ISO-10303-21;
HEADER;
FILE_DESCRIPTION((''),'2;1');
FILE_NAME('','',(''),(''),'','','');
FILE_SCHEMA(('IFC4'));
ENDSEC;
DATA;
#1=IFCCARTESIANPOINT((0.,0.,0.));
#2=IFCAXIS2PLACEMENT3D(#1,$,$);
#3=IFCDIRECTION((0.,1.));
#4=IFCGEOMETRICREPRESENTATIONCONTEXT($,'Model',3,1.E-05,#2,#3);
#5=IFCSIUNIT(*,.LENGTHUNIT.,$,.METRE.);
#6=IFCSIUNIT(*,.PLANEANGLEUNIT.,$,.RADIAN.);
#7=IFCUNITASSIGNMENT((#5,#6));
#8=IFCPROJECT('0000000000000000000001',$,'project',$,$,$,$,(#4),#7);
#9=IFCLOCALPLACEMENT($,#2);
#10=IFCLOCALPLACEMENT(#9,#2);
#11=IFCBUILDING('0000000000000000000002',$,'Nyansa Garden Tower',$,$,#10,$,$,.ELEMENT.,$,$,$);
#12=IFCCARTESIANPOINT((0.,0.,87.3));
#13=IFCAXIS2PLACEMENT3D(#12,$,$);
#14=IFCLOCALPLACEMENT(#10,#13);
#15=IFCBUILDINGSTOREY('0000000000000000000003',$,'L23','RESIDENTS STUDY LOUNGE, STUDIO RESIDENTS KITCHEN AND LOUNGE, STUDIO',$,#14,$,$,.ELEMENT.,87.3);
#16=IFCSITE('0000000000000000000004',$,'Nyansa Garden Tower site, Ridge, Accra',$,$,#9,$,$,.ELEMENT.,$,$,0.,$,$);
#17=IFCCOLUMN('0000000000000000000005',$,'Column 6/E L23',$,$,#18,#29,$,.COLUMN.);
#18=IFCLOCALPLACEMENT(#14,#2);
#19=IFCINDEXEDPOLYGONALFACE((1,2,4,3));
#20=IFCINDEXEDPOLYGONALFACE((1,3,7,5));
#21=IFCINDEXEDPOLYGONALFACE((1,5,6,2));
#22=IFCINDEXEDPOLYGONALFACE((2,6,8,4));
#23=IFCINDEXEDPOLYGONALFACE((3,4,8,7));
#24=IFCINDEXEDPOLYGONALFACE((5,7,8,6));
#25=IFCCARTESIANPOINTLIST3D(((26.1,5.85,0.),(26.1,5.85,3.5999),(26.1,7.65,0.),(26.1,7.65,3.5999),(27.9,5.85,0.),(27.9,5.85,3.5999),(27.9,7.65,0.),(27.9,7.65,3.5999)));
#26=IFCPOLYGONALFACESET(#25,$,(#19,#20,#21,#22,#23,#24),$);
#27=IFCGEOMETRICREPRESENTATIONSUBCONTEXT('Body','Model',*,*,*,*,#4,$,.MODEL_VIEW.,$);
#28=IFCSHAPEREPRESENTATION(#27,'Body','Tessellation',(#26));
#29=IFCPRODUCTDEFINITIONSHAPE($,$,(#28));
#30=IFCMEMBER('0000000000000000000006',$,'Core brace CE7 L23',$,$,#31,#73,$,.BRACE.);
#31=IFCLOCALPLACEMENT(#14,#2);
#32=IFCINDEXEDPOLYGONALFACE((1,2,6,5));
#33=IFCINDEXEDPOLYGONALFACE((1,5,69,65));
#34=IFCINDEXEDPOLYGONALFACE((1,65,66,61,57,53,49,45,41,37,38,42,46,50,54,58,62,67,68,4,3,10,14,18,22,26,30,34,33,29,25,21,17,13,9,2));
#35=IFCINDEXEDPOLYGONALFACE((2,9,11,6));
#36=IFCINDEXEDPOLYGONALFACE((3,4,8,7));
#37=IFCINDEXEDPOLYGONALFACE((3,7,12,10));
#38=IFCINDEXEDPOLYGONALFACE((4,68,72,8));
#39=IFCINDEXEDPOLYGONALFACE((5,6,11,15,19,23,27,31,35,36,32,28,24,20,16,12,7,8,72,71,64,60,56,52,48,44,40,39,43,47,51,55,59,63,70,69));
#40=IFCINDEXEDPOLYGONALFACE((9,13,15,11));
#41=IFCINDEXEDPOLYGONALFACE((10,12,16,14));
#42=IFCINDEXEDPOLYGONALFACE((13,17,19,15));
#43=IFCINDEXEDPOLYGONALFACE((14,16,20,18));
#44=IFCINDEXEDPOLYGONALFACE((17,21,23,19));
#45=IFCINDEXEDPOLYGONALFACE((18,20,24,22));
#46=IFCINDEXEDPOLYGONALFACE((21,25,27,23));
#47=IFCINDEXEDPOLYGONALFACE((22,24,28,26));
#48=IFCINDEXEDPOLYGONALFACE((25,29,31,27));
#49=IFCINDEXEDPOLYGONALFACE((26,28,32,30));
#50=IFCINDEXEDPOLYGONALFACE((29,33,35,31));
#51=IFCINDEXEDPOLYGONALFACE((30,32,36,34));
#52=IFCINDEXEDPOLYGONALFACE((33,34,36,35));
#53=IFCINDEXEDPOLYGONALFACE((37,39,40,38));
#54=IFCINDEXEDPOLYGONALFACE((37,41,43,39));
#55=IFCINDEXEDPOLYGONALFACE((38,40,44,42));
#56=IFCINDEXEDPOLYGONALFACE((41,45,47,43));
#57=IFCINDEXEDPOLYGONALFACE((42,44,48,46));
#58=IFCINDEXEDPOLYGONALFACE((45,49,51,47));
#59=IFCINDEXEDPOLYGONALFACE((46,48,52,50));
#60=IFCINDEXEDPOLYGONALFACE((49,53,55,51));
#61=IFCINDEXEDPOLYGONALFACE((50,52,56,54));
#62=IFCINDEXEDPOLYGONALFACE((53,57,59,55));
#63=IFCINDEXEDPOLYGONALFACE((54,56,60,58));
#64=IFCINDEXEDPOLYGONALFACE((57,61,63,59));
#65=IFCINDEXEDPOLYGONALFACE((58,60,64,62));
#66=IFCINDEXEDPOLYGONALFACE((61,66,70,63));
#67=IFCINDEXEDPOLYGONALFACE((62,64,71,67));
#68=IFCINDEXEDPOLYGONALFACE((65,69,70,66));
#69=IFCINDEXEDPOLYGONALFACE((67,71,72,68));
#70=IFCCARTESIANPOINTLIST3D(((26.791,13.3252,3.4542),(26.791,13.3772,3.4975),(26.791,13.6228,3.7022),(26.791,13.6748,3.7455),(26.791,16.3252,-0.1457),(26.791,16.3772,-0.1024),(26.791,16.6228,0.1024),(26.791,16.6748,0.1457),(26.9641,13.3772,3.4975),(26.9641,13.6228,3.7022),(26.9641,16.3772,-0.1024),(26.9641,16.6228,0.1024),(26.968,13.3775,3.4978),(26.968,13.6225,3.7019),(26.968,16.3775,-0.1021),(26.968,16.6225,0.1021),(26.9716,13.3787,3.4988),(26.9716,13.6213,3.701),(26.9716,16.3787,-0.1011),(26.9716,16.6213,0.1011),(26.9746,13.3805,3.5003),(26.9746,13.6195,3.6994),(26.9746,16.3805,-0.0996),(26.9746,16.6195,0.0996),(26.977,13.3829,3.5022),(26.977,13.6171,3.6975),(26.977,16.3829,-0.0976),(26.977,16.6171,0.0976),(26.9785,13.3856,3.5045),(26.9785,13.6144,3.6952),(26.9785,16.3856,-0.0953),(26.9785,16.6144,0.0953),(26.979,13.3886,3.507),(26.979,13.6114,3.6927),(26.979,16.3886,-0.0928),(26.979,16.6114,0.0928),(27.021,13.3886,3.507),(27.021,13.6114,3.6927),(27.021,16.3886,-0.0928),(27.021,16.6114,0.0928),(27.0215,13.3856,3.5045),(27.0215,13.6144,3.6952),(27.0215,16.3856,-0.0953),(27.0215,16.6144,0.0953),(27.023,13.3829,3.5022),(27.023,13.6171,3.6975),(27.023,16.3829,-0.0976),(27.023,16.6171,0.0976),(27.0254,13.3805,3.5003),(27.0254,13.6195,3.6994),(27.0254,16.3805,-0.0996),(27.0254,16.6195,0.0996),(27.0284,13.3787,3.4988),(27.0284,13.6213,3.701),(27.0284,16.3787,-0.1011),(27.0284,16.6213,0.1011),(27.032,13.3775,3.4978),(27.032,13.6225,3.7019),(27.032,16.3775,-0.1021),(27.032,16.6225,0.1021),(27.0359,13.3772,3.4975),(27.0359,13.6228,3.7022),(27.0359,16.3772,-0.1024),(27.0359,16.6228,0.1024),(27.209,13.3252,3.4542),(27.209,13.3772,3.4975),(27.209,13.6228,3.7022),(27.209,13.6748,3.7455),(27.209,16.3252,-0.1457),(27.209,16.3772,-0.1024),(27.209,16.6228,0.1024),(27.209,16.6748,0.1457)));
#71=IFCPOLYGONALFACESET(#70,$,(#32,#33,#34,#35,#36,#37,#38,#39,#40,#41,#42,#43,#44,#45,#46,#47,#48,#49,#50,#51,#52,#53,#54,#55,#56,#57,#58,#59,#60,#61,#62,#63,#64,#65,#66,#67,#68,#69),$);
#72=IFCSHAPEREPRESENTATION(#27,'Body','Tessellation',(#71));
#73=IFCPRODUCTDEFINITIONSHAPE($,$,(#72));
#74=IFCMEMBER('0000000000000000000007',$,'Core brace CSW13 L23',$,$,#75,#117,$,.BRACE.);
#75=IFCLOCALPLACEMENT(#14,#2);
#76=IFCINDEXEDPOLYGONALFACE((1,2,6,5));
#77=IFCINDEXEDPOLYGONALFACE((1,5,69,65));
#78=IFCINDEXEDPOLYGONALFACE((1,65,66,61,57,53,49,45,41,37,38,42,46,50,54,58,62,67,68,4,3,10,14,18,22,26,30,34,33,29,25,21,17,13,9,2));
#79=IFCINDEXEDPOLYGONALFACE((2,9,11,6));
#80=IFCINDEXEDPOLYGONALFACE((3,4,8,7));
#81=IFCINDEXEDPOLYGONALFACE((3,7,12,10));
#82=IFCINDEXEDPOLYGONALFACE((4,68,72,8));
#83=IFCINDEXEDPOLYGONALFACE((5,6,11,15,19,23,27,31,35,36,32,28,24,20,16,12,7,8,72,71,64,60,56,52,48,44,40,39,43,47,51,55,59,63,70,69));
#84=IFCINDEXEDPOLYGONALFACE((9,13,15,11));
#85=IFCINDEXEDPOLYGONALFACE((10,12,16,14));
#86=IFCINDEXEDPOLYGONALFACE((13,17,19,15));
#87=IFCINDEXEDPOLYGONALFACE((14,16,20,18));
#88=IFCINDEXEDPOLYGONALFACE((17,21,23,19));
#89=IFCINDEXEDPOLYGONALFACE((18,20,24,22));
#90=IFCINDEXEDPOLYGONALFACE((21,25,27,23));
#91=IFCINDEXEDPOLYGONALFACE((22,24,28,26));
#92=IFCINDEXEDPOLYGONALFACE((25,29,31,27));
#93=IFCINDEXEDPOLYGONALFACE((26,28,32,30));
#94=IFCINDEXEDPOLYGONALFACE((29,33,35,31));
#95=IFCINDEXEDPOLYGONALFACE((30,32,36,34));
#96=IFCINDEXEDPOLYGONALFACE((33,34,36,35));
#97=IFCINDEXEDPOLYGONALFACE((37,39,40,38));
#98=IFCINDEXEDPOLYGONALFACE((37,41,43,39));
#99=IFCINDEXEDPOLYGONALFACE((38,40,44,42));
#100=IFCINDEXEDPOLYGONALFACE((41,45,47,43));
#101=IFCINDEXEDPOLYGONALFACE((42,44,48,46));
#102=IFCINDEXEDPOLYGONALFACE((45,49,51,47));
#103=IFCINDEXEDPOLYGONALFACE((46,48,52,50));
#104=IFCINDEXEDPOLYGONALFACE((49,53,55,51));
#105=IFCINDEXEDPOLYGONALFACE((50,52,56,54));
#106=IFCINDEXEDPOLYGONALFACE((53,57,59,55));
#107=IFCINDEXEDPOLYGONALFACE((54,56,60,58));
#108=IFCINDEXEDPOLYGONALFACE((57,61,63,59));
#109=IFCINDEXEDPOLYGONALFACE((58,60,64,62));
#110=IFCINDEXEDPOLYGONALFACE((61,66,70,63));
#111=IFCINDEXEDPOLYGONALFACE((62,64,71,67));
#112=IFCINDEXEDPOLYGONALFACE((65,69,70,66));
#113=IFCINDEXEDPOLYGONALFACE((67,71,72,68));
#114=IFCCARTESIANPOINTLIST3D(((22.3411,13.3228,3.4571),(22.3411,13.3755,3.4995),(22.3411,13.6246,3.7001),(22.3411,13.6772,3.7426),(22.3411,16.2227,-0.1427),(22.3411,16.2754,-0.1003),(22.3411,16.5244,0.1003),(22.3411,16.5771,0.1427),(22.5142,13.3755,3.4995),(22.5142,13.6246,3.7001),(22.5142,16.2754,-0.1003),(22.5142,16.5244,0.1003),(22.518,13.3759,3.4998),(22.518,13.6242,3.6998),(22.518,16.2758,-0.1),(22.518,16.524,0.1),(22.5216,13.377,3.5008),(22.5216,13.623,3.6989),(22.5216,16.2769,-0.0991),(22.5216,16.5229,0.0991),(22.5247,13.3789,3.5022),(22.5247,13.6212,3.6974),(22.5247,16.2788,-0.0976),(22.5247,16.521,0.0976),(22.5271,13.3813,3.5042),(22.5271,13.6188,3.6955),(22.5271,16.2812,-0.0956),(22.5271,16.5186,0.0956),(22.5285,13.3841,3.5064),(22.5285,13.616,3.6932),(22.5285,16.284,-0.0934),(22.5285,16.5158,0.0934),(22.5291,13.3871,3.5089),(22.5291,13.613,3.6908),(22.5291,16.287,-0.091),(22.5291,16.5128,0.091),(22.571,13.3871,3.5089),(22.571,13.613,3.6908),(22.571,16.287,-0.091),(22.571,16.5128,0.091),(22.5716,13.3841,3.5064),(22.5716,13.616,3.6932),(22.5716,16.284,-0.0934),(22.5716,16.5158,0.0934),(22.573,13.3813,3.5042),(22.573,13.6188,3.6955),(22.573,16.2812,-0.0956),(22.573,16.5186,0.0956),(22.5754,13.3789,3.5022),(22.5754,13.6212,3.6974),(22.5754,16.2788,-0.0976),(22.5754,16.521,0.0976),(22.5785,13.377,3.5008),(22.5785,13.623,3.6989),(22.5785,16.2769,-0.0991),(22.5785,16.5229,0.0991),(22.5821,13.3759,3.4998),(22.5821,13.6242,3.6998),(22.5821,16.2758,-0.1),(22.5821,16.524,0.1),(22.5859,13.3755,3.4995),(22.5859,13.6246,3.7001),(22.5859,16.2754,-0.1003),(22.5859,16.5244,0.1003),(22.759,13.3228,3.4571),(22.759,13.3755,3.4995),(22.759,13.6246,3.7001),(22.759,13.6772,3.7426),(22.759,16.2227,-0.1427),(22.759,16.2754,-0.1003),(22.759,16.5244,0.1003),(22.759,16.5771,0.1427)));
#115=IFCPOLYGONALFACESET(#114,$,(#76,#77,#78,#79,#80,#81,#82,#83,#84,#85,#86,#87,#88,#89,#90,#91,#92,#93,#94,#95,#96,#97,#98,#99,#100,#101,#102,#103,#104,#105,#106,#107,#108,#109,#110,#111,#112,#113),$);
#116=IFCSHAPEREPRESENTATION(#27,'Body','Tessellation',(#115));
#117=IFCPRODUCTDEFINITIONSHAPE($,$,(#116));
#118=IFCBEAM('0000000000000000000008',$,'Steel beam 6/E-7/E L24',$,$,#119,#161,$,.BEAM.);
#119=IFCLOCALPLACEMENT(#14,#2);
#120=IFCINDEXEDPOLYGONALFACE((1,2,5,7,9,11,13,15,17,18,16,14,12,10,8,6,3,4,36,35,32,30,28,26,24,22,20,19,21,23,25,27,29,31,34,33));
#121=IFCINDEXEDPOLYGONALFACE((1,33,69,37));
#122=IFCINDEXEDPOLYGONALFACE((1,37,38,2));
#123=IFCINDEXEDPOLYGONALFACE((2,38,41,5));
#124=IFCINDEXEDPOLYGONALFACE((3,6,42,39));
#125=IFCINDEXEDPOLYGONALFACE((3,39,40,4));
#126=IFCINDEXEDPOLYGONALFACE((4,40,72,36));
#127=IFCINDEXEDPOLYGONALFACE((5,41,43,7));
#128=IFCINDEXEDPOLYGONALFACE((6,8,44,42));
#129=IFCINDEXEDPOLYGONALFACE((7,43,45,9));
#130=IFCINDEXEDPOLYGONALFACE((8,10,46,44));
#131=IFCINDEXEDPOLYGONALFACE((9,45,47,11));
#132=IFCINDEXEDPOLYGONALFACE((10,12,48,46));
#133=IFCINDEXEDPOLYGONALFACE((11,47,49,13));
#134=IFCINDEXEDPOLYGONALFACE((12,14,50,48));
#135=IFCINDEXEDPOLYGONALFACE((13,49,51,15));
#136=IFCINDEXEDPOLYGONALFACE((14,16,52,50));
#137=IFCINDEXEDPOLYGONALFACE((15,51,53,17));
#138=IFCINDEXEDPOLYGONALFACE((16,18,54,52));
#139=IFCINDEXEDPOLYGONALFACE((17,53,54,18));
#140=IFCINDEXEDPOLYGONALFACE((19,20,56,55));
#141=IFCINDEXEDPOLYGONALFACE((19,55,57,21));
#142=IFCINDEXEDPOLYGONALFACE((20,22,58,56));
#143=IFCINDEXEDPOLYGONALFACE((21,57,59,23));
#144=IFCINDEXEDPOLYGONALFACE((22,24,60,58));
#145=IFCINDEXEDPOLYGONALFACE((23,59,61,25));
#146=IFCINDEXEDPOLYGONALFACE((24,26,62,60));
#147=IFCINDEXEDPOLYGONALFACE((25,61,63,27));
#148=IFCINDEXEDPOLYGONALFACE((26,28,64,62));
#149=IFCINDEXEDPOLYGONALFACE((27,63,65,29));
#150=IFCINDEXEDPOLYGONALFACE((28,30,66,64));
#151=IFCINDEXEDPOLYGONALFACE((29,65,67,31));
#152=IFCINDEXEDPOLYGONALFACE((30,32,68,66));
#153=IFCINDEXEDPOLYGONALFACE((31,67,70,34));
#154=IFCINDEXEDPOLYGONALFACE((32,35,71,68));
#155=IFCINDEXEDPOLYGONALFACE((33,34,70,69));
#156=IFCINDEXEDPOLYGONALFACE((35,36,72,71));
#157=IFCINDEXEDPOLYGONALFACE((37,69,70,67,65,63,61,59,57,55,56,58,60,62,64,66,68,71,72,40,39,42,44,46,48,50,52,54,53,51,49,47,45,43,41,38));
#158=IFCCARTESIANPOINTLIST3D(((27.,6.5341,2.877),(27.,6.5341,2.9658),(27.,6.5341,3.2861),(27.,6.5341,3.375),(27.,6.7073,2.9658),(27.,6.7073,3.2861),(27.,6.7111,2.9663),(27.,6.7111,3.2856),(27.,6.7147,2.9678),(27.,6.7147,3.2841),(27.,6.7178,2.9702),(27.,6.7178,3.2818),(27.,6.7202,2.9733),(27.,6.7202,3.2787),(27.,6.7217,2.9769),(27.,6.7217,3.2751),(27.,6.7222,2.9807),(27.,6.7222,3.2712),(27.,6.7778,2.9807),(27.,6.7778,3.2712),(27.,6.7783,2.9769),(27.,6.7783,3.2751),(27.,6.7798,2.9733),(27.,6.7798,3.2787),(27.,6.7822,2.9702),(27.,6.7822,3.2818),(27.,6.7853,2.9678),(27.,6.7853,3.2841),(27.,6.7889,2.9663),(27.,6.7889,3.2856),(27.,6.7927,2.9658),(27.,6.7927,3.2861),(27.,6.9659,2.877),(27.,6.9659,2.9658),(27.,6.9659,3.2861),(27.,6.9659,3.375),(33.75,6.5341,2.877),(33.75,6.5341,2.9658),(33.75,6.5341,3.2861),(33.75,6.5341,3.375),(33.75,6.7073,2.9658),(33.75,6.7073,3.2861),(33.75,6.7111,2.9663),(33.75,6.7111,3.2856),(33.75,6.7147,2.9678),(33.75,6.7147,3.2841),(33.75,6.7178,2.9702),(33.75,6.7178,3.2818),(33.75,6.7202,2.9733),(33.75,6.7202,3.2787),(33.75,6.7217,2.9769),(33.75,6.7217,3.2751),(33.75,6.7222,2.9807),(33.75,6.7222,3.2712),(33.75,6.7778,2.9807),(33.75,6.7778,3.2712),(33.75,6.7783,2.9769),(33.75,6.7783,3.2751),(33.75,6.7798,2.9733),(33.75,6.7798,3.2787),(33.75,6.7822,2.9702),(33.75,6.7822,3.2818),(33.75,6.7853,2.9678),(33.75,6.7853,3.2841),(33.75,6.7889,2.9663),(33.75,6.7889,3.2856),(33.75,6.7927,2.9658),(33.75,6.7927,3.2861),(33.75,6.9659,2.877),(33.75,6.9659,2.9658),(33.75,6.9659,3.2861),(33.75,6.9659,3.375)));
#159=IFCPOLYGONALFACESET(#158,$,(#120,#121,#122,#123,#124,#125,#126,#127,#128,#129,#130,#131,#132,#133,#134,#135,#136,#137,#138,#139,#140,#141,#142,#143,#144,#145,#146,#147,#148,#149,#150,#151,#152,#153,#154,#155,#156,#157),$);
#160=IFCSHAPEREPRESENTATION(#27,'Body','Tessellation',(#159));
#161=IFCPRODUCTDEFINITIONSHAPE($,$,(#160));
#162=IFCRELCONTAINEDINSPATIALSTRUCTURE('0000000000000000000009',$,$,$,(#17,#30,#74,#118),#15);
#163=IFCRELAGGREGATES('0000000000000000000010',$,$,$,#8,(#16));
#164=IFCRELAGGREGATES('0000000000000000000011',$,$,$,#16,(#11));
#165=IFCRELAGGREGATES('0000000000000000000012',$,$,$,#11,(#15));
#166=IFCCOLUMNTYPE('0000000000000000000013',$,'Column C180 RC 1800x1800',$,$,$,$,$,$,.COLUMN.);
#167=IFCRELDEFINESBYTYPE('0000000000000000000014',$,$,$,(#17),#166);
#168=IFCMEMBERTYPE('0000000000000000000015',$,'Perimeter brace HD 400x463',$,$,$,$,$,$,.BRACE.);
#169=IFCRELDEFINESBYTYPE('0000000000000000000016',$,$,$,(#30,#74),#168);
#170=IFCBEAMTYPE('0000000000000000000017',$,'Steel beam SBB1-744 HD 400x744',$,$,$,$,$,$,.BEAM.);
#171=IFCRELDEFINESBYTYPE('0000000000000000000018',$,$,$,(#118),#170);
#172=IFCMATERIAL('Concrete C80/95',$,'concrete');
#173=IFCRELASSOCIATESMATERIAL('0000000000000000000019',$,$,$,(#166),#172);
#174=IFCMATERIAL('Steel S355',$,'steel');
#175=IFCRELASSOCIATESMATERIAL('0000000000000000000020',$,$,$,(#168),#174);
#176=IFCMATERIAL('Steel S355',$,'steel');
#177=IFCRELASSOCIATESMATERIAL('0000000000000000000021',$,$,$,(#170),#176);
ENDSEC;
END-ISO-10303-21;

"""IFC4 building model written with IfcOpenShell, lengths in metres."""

from ifc_helpers import new_model, si_unit, direction, frame, origin, origin_2d, place, context, subcontext, project, spatial, rectangle, i_section, extrude, material, material_profile, profile_set, type_object, element, save


model = new_model("IFC4")

# Units and contexts
model_context = context("Model", 3, precision=1e-05, world=origin(), true_north=direction((0.0, 1.0)))
body_context = subcontext(model_context, "Body", "Model", "MODEL_VIEW")
ifc_project = project(units=[si_unit("LENGTHUNIT", "METRE"), si_unit("PLANEANGLEUNIT", "RADIAN")], contexts=[model_context])

# Site, building, storey
site_placement = place(None, origin())
site = spatial("IfcSite", under=ifc_project, at=site_placement, Name="Nyansa Garden Tower site, Ridge, Accra", CompositionType="ELEMENT", RefElevation=0.0)
building_placement = place(site_placement, origin())
building = spatial("IfcBuilding", under=site, at=building_placement, Name="Nyansa Garden Tower", CompositionType="ELEMENT")
storey_placement = place(building_placement, frame((0.0, 0.0, 87.3)))
storey = spatial("IfcBuildingStorey", under=building, at=storey_placement, Name="L23", Description="RESIDENTS STUDY LOUNGE, STUDIO RESIDENTS KITCHEN AND LOUNGE, STUDIO", CompositionType="ELEMENT", Elevation=87.3)

# Column
ifc_material_1 = material(Name="Concrete C80/95", Category="concrete")
ifc_material_profile_1 = material_profile(ifc_material_1, rectangle(XDim=1.8, YDim=1.8, at=origin_2d()), Name="RC 1800x1800")
ifc_profile_set_1 = profile_set([ifc_material_profile_1], Name="Concrete C80/95")
column_type = type_object("IfcColumnType", Name="Column C180 RC 1800x1800", PredefinedType="COLUMN", material=ifc_profile_set_1)
column_placement = place(storey_placement, frame((27.0, 6.75, 0.0), z_axis=(0.0, 0.0, 1.0), x_axis=(1.0, 0.0, 0.0)))
element("IfcColumn", 1, at=column_placement, inside=storey, type_object=column_type, Name="Column 6/E L23", PredefinedType="COLUMN", context=body_context, shape_type="SweptSolid", body=[
    extrude(rectangle(XDim=1.8, YDim=1.8, at=origin_2d()), origin(), (0.0, 0.0, 1.0), 3.5999),
])

# Members
ifc_material_2 = material(Name="Steel S355", Category="steel")
ifc_material_profile_2 = material_profile(ifc_material_2, i_section(OverallWidth=0.418, OverallDepth=0.4551, WebThickness=0.042, FlangeThickness=0.0676, FilletRadius=0.0149, at=origin_2d()), Name="HD 400x463")
ifc_profile_set_2 = profile_set([ifc_material_profile_2], Name="Steel S355")
member_type = type_object("IfcMemberType", Name="Perimeter brace HD 400x463", PredefinedType="BRACE", material=ifc_profile_set_2)
member_1_placement = place(storey_placement, frame((27.0, 16.5, 0.0), z_axis=(0.0, -0.6402, 0.768208), x_axis=(1.0, 0.0, 0.0)))
element("IfcMember", 2, at=member_1_placement, inside=storey, type_object=member_type, Name="Core brace CE7 L23", PredefinedType="BRACE", context=body_context, shape_type="SweptSolid", body=[
    extrude(i_section(OverallWidth=0.418, OverallDepth=0.4551, WebThickness=0.042, FlangeThickness=0.0676, FilletRadius=0.0149, at=origin_2d()), origin(), (0.0, 0.0, 1.0), 4.686),
])
member_2_placement = place(storey_placement, frame((22.55, 16.3999, 0.0), z_axis=(0.0, -0.627332, 0.778752), x_axis=(1.0, 0.0, 0.0)))
element("IfcMember", 3, at=member_2_placement, inside=storey, type_object=member_type, Name="Core brace CSW13 L23", PredefinedType="BRACE", context=body_context, shape_type="SweptSolid", body=[
    extrude(i_section(OverallWidth=0.418, OverallDepth=0.4551, WebThickness=0.042, FlangeThickness=0.0676, FilletRadius=0.0149, at=origin_2d()), origin(), (0.0, 0.0, 1.0), 4.6226),
])

# Beam
ifc_material_3 = material(Name="Steel S355", Category="steel")
ifc_material_profile_3 = material_profile(ifc_material_3, i_section(OverallWidth=0.4319, OverallDepth=0.498, WebThickness=0.0557, FlangeThickness=0.0889, FilletRadius=0.0149, at=origin_2d()), Name="HD 400x744")
ifc_profile_set_3 = profile_set([ifc_material_profile_3], Name="Steel S355")
beam_type_1 = type_object("IfcBeamType", Name="Steel beam SBB1-744 HD 400x744", PredefinedType="BEAM", material=ifc_profile_set_3)
beam_1_placement = place(storey_placement, frame((27.0, 6.75, 3.126), z_axis=(1.0, 0.0, 0.0), x_axis=(0.0, 1.0, 0.0)))
element("IfcBeam", 4, at=beam_1_placement, inside=storey, type_object=beam_type_1, Name="Steel beam 6/E-7/E L24", PredefinedType="BEAM", context=body_context, shape_type="SweptSolid", body=[
    extrude(i_section(OverallWidth=0.4319, OverallDepth=0.498, WebThickness=0.0557, FlangeThickness=0.0889, FilletRadius=0.0149, at=origin_2d()), origin(), (0.0, 0.0, 1.0), 6.75),
])

save(model, "model.ifc")
